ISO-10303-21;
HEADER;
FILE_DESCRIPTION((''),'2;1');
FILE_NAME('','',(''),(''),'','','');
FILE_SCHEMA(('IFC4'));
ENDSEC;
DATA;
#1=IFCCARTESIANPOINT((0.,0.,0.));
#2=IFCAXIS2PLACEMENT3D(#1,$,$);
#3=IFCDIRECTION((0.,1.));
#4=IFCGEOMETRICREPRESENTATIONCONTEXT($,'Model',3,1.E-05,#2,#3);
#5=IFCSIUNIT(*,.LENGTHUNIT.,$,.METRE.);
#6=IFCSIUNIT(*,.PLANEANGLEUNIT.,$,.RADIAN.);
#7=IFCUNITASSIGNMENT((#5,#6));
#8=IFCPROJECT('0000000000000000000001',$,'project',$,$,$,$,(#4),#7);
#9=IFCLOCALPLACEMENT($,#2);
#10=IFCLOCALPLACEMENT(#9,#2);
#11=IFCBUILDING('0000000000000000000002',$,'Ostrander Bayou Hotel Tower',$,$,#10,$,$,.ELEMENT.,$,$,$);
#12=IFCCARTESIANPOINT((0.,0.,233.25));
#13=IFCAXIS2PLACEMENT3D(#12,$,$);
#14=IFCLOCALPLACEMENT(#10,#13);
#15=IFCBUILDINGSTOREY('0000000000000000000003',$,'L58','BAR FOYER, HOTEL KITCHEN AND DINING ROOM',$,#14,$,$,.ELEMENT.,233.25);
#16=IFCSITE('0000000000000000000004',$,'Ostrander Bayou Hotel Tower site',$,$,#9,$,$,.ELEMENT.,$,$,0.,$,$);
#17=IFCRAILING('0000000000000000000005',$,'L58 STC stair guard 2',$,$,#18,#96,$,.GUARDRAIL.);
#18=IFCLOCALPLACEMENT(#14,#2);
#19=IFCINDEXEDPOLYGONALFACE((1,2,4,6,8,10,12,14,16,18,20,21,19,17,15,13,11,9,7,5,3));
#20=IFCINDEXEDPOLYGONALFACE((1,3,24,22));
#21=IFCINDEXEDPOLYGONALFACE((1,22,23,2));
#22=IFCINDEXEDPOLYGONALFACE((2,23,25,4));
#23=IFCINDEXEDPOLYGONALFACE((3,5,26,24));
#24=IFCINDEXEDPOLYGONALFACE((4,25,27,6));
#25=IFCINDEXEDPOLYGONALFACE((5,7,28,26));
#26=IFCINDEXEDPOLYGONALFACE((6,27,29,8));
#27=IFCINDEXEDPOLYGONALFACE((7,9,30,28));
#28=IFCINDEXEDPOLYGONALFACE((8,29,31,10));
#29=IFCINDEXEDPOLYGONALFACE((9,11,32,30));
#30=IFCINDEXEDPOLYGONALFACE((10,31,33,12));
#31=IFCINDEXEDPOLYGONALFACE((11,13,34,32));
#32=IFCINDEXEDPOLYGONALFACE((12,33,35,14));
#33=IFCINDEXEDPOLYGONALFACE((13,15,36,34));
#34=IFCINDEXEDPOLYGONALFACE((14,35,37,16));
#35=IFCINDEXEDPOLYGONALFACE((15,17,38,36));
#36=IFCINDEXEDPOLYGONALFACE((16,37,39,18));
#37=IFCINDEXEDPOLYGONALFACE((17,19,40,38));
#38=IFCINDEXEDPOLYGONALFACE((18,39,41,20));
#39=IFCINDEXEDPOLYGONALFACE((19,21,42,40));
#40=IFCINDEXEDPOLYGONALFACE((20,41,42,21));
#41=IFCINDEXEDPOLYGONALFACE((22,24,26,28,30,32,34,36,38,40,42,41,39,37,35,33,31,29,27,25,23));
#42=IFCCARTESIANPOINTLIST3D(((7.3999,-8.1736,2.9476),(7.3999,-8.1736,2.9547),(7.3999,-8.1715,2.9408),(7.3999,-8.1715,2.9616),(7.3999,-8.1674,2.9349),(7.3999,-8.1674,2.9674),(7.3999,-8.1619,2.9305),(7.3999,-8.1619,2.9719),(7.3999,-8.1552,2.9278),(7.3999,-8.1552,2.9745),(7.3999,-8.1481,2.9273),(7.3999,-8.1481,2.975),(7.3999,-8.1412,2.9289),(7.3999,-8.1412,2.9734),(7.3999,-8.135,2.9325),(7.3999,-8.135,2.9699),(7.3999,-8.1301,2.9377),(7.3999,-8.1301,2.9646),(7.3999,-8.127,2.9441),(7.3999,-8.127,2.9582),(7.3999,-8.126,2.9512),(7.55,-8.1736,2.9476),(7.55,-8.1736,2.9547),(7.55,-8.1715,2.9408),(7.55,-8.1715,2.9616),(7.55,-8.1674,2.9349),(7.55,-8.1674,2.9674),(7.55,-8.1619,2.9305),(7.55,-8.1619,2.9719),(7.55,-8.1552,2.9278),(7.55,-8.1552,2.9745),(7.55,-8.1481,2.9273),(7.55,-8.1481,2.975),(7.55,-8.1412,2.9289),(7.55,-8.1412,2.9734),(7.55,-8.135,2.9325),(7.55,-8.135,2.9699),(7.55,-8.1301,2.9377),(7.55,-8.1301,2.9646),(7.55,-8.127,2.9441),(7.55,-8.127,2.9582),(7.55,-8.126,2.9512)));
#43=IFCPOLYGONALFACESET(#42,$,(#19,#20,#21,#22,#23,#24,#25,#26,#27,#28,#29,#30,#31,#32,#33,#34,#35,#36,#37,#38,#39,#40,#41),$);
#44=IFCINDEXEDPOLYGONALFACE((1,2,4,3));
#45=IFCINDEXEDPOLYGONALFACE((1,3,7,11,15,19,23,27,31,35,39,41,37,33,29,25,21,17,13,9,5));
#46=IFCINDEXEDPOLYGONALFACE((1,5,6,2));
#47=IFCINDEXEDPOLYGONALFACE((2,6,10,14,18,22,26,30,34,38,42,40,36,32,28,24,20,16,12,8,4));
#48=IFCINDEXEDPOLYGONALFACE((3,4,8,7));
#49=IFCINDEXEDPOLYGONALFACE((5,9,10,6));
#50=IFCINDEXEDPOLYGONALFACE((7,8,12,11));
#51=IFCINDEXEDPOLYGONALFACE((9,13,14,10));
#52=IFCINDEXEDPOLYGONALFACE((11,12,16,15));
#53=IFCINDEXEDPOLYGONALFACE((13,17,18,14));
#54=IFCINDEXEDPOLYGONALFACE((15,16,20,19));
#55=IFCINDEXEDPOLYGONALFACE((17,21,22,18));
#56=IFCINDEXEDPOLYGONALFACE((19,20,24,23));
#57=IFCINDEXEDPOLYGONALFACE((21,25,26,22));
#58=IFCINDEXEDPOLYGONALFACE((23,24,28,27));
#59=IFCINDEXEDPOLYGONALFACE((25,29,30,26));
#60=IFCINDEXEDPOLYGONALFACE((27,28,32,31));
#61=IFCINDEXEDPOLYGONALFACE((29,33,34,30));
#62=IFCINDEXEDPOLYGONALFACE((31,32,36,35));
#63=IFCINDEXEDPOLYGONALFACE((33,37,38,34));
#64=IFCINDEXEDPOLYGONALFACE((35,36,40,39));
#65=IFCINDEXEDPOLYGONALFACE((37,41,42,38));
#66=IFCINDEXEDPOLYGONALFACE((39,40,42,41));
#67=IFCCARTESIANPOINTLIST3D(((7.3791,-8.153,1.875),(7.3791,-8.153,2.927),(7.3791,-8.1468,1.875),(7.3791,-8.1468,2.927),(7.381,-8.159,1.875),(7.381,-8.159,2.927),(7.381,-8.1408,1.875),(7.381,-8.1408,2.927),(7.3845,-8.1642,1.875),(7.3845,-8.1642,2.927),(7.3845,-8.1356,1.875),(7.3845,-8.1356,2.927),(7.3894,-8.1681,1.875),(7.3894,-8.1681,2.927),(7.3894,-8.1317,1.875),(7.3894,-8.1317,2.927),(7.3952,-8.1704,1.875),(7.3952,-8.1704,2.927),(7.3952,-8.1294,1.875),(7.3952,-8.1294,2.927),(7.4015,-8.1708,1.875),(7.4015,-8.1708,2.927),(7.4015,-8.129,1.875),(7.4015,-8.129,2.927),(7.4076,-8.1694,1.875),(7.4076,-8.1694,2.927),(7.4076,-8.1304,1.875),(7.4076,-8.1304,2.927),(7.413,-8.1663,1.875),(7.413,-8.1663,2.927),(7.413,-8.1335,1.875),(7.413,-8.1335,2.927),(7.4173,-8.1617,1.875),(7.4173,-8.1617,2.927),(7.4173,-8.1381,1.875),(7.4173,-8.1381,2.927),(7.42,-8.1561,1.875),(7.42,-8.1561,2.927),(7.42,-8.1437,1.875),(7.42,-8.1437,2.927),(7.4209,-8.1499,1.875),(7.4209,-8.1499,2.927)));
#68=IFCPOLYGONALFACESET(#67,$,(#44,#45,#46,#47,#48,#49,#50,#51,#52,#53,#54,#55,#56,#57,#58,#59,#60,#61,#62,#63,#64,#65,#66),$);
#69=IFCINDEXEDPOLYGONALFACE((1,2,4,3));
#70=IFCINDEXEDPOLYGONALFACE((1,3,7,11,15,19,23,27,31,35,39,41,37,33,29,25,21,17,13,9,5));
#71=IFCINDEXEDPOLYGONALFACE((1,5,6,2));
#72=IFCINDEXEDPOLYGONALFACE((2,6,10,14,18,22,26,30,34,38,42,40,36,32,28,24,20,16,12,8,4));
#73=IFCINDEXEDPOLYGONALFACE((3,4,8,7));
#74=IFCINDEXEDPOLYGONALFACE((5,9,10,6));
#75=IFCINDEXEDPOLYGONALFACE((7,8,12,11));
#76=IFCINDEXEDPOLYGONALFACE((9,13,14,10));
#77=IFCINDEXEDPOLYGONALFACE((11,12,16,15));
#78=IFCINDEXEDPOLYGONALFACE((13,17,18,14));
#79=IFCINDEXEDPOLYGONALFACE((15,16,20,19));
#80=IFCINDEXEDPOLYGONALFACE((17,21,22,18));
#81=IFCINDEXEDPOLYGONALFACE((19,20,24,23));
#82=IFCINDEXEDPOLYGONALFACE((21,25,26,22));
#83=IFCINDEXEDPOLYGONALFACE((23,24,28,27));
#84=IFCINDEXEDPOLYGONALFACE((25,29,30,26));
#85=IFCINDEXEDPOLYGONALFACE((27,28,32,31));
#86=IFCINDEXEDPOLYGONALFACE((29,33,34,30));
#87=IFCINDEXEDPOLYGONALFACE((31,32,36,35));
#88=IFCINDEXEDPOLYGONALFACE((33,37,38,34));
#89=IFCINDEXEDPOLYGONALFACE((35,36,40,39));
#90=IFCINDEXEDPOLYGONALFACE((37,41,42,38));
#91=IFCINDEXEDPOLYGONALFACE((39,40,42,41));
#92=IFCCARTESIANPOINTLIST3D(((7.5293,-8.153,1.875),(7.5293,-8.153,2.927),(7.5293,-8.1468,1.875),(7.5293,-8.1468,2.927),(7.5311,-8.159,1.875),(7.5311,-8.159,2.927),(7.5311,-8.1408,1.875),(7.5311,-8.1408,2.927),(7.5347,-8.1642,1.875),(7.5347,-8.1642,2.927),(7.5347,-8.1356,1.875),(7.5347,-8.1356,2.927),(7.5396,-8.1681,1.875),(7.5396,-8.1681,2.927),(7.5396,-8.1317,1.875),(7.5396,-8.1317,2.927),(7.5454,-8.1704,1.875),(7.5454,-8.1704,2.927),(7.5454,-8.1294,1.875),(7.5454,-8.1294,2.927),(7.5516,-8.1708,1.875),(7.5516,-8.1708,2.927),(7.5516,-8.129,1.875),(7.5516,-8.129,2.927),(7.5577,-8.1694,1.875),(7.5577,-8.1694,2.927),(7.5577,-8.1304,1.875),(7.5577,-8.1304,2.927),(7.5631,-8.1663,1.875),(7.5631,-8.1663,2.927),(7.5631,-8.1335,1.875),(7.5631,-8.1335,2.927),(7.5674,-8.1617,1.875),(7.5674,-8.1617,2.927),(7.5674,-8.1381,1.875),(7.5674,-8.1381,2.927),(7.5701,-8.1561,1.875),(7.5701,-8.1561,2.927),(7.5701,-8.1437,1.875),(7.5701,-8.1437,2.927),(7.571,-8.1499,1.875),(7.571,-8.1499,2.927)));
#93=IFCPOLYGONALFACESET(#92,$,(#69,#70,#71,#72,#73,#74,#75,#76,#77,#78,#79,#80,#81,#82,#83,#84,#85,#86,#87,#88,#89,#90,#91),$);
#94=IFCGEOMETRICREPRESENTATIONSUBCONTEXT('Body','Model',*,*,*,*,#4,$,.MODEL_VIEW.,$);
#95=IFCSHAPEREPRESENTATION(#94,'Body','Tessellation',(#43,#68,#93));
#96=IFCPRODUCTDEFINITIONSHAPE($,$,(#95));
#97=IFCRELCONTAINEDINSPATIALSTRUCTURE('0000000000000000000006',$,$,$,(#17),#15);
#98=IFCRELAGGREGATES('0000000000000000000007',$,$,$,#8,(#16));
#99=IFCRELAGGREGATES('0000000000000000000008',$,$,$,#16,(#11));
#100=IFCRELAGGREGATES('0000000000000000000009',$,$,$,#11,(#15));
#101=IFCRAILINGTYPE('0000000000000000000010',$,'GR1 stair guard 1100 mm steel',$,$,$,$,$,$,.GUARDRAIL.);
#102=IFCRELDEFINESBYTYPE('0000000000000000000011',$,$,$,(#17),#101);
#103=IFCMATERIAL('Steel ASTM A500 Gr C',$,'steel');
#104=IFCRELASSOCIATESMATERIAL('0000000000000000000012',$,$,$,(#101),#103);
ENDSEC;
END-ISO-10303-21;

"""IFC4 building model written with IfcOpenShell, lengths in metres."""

from ifc_helpers import new_model, si_unit, direction, frame, origin, origin_2d, place, context, subcontext, project, spatial, circle, extrude, material, type_object, element, save


model = new_model("IFC4")

# Units and contexts
model_context = context("Model", 3, precision=1e-05, world=origin(), true_north=direction((0.0, 1.0)))
body_context = subcontext(model_context, "Body", "Model", "MODEL_VIEW")
ifc_project = project(units=[si_unit("LENGTHUNIT", "METRE"), si_unit("PLANEANGLEUNIT", "RADIAN")], contexts=[model_context])

# Site, building, storey
site_placement = place(None, origin())
site = spatial("IfcSite", under=ifc_project, at=site_placement, Name="Ostrander Bayou Hotel Tower site", CompositionType="ELEMENT", RefElevation=0.0)
building_placement = place(site_placement, origin())
building = spatial("IfcBuilding", under=site, at=building_placement, Name="Ostrander Bayou Hotel Tower", CompositionType="ELEMENT")
storey_placement = place(building_placement, frame((0.0, 0.0, 233.25)))
storey = spatial("IfcBuildingStorey", under=building, at=storey_placement, Name="L58", Description="BAR FOYER, HOTEL KITCHEN AND DINING ROOM", CompositionType="ELEMENT", Elevation=233.25)

# Railing
ifc_material_1 = material(Name="Steel ASTM A500 Gr C", Category="steel")
railing_type_1 = type_object("IfcRailingType", Name="GR1 stair guard 1100 mm steel", PredefinedType="GUARDRAIL", material=ifc_material_1)
railing_1_placement = place(storey_placement, frame((7.3999, -8.1499, 1.875)))
element("IfcRailing", 1, at=railing_1_placement, inside=storey, type_object=railing_type_1, Name="L58 STC stair guard 2", PredefinedType="GUARDRAIL", context=body_context, shape_type="SweptSolid", body=[
    extrude(circle(Radius=0.0239, at=origin_2d()), frame((0.0, 0.0, 1.0762), z_axis=(1.0, 0.0, 0.0), x_axis=(0.0, 1.0, 0.0)), (0.0, 0.0, 1.0), 0.1501),
    extrude(circle(Radius=0.021, at=origin_2d()), origin(), (0.0, 0.0, 1.0), 1.052),
    extrude(circle(Radius=0.021, at=origin_2d()), frame((0.1501, 0.0, 0.0)), (0.0, 0.0, 1.0), 1.052),
])

save(model, "model.ifc")
